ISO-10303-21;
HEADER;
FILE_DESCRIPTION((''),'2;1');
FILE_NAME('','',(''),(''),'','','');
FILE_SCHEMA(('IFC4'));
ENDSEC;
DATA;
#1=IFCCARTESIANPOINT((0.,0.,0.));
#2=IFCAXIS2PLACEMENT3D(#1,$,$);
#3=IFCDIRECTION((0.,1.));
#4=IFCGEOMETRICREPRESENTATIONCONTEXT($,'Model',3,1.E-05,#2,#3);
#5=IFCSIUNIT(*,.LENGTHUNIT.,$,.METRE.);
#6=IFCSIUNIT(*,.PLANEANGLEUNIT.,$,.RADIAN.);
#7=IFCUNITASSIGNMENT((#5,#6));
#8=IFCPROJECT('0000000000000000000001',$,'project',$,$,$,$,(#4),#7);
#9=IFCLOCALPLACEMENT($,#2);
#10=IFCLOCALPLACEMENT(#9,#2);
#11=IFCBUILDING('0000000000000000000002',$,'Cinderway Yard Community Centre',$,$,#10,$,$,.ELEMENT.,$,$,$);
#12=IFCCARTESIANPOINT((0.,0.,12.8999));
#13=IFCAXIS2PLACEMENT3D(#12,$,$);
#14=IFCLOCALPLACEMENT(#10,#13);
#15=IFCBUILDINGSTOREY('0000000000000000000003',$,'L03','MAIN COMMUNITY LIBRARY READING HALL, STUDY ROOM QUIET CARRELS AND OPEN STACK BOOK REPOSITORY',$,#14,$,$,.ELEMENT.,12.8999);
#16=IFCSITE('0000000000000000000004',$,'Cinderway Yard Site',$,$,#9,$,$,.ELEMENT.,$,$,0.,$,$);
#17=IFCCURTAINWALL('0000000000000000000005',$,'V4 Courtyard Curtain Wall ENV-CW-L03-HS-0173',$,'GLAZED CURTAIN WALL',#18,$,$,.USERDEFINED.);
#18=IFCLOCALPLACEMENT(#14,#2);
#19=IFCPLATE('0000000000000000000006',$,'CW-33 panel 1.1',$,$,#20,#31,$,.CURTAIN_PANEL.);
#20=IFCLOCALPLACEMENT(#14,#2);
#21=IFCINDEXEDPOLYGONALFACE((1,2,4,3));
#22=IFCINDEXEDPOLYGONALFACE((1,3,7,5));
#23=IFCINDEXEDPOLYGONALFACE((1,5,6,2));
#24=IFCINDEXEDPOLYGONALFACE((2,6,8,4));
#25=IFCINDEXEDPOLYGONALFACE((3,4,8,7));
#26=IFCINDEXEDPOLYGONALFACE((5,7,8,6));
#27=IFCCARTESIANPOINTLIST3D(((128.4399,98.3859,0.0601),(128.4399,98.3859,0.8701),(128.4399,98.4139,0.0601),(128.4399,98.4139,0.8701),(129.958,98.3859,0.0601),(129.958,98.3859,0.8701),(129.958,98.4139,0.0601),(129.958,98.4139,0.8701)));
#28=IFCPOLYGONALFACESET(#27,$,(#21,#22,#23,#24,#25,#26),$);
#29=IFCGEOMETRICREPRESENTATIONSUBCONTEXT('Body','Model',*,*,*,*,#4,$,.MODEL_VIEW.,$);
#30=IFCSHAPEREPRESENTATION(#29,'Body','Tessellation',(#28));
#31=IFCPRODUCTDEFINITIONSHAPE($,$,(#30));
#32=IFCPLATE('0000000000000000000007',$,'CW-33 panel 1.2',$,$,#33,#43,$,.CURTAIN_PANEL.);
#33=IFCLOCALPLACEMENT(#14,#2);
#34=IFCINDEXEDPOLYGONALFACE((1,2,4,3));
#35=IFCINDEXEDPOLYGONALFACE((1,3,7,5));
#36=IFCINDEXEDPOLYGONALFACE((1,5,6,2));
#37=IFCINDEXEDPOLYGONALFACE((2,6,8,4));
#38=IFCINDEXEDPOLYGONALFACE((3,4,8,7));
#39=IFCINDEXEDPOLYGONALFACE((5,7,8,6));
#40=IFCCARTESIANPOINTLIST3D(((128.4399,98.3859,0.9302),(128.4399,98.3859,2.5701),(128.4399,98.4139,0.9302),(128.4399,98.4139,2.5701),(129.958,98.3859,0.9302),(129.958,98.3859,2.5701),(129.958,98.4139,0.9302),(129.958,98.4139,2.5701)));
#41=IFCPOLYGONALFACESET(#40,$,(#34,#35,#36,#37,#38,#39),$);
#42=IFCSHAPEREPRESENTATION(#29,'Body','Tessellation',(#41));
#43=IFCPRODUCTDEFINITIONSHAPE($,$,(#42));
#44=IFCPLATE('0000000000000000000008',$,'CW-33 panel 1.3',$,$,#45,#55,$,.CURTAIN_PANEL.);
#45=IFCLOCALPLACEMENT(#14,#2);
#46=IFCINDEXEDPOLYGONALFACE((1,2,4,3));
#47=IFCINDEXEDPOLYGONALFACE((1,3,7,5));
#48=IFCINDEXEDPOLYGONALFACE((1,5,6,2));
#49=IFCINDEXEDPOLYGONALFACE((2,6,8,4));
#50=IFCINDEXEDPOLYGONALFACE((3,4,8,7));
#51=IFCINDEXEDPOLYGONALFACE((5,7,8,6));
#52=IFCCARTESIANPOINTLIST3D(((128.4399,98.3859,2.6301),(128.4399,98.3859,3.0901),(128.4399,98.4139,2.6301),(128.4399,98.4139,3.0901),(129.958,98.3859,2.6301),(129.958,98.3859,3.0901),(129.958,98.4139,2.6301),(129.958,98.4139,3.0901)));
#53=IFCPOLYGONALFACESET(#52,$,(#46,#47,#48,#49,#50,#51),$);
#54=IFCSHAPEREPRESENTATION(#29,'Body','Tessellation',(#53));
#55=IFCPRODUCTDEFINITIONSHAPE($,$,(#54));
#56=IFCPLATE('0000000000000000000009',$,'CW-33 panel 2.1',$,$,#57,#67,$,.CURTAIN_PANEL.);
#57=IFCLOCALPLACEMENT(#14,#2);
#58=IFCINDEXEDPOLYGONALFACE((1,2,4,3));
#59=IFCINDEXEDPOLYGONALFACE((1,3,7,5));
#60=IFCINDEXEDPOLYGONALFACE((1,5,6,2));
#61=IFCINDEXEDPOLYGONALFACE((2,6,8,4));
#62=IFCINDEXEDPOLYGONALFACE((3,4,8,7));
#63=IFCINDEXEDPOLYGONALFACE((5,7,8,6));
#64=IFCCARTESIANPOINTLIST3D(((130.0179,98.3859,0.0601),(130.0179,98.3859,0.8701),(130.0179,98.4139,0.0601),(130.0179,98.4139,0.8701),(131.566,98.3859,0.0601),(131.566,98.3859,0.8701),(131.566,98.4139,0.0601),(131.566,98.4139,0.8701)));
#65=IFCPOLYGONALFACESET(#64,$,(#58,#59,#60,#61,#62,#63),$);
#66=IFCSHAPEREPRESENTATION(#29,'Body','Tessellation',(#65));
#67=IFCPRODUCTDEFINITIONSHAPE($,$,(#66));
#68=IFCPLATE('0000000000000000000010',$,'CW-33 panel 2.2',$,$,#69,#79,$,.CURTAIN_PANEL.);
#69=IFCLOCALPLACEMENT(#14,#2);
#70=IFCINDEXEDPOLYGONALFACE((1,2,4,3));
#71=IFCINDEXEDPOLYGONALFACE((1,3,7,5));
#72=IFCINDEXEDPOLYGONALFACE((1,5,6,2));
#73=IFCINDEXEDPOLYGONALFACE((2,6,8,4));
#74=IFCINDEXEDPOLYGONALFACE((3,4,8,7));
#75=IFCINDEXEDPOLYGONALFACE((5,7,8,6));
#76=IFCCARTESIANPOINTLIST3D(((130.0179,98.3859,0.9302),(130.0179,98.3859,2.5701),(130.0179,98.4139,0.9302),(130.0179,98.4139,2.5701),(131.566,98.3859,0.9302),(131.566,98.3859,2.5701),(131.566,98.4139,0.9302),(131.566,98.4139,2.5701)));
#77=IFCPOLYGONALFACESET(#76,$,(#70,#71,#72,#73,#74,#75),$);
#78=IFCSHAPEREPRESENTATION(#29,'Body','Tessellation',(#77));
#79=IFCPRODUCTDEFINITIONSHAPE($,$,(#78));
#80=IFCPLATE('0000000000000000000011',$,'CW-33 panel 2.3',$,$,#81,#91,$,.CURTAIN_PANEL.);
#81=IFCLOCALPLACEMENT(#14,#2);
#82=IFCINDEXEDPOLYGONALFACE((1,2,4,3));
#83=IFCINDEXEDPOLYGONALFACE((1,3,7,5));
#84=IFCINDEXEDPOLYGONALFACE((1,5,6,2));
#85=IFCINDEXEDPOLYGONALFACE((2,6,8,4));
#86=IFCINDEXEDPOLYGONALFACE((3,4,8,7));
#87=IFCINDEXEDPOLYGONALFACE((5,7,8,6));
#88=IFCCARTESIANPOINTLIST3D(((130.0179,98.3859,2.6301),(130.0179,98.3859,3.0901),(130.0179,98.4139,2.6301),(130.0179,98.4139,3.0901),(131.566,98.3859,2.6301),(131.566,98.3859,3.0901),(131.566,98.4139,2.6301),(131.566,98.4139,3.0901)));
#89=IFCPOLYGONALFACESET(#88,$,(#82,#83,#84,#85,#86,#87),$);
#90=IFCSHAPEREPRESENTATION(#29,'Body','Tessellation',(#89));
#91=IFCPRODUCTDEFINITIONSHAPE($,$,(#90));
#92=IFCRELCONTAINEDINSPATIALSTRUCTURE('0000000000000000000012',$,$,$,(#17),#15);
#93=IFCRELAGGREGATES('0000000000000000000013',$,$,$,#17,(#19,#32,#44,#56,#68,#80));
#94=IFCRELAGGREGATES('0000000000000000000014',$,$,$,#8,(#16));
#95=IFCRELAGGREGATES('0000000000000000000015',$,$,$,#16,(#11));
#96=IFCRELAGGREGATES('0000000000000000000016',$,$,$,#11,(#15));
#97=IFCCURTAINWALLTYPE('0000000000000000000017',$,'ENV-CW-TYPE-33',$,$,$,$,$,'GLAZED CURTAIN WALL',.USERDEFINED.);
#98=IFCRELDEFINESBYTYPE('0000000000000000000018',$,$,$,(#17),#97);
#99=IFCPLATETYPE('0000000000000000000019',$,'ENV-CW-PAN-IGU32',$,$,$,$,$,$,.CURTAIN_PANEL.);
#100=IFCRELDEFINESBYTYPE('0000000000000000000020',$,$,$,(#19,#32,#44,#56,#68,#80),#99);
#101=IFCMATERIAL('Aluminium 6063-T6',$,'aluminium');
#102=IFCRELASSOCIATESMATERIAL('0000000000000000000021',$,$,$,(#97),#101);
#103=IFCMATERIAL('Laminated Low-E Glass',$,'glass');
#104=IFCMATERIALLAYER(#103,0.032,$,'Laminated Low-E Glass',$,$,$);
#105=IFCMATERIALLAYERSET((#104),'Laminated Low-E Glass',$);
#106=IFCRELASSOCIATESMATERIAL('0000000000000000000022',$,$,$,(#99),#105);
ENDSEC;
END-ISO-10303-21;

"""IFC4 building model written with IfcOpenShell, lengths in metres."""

from ifc_helpers import new_model, si_unit, direction, frame, origin, origin_2d, place, context, subcontext, project, spatial, rectangle, extrude, material, layer, layer_set, type_object, element, aggregate, save


model = new_model("IFC4")

# Units and contexts
model_context = context("Model", 3, precision=1e-05, world=origin(), true_north=direction((0.0, 1.0)))
body_context = subcontext(model_context, "Body", "Model", "MODEL_VIEW")
ifc_project = project(units=[si_unit("LENGTHUNIT", "METRE"), si_unit("PLANEANGLEUNIT", "RADIAN")], contexts=[model_context])

# Site, building, storey
site_placement = place(None, origin())
site = spatial("IfcSite", under=ifc_project, at=site_placement, Name="Cinderway Yard Site", CompositionType="ELEMENT", RefElevation=0.0)
building_placement = place(site_placement, origin())
building = spatial("IfcBuilding", under=site, at=building_placement, Name="Cinderway Yard Community Centre", CompositionType="ELEMENT")
storey_placement = place(building_placement, frame((0.0, 0.0, 12.8999)))
storey = spatial("IfcBuildingStorey", under=building, at=storey_placement, Name="L03", Description="MAIN COMMUNITY LIBRARY READING HALL, STUDY ROOM QUIET CARRELS AND OPEN STACK BOOK REPOSITORY", CompositionType="ELEMENT", Elevation=12.8999)

# Curtain wall
ifc_material_1 = material(Name="Aluminium 6063-T6", Category="aluminium")
curtain_wall_type = type_object("IfcCurtainWallType", Name="ENV-CW-TYPE-33", ElementType="GLAZED CURTAIN WALL", PredefinedType="USERDEFINED", material=ifc_material_1)
curtain_wall_placement = place(storey_placement, origin())
curtain_wall = element("IfcCurtainWall", 1, at=curtain_wall_placement, inside=storey, type_object=curtain_wall_type, Name="V4 Courtyard Curtain Wall ENV-CW-L03-HS-0173", ObjectType="GLAZED CURTAIN WALL", PredefinedType="USERDEFINED")

# Plates
ifc_material_2 = material(Name="Laminated Low-E Glass", Category="glass")
ifc_layer = layer(ifc_material_2, 0.032, Name="Laminated Low-E Glass")
ifc_layer_set = layer_set([ifc_layer], Name="Laminated Low-E Glass")
plate_type = type_object("IfcPlateType", Name="ENV-CW-PAN-IGU32", PredefinedType="CURTAIN_PANEL", material=ifc_layer_set)
plate_1_placement = place(storey_placement, frame((129.199, 98.3999, 0.0601), z_axis=(0.0, 0.0, 1.0), x_axis=(1.0, 0.0, 0.0)))
plate_1 = element("IfcPlate", 2, at=plate_1_placement, type_object=plate_type, Name="CW-33 panel 1.1", PredefinedType="CURTAIN_PANEL", context=body_context, shape_type="SweptSolid", body=[
    extrude(rectangle(XDim=1.5181, YDim=0.0281, at=origin_2d()), origin(), (0.0, 0.0, 1.0), 0.8101),
])
plate_2_placement = place(storey_placement, frame((129.199, 98.3999, 0.9302), z_axis=(0.0, 0.0, 1.0), x_axis=(1.0, 0.0, 0.0)))
plate_2 = element("IfcPlate", 3, at=plate_2_placement, type_object=plate_type, Name="CW-33 panel 1.2", PredefinedType="CURTAIN_PANEL", context=body_context, shape_type="SweptSolid", body=[
    extrude(rectangle(XDim=1.5181, YDim=0.0281, at=origin_2d()), origin(), (0.0, 0.0, 1.0), 1.6399),
])
plate_3_placement = place(storey_placement, frame((129.199, 98.3999, 2.6301), z_axis=(0.0, 0.0, 1.0), x_axis=(1.0, 0.0, 0.0)))
plate_3 = element("IfcPlate", 4, at=plate_3_placement, type_object=plate_type, Name="CW-33 panel 1.3", PredefinedType="CURTAIN_PANEL", context=body_context, shape_type="SweptSolid", body=[
    extrude(rectangle(XDim=1.5181, YDim=0.0281, at=origin_2d()), origin(), (0.0, 0.0, 1.0), 0.46),
])
plate_4_placement = place(storey_placement, frame((130.792, 98.3999, 0.0601), z_axis=(0.0, 0.0, 1.0), x_axis=(1.0, 0.0, 0.0)))
plate_4 = element("IfcPlate", 5, at=plate_4_placement, type_object=plate_type, Name="CW-33 panel 2.1", PredefinedType="CURTAIN_PANEL", context=body_context, shape_type="SweptSolid", body=[
    extrude(rectangle(XDim=1.5481, YDim=0.0281, at=origin_2d()), origin(), (0.0, 0.0, 1.0), 0.8101),
])
plate_5_placement = place(storey_placement, frame((130.792, 98.3999, 0.9302), z_axis=(0.0, 0.0, 1.0), x_axis=(1.0, 0.0, 0.0)))
plate_5 = element("IfcPlate", 6, at=plate_5_placement, type_object=plate_type, Name="CW-33 panel 2.2", PredefinedType="CURTAIN_PANEL", context=body_context, shape_type="SweptSolid", body=[
    extrude(rectangle(XDim=1.5481, YDim=0.0281, at=origin_2d()), origin(), (0.0, 0.0, 1.0), 1.6399),
])
plate_6_placement = place(storey_placement, frame((130.792, 98.3999, 2.6301), z_axis=(0.0, 0.0, 1.0), x_axis=(1.0, 0.0, 0.0)))
plate_6 = element("IfcPlate", 7, at=plate_6_placement, type_object=plate_type, Name="CW-33 panel 2.3", PredefinedType="CURTAIN_PANEL", context=body_context, shape_type="SweptSolid", body=[
    extrude(rectangle(XDim=1.5481, YDim=0.0281, at=origin_2d()), origin(), (0.0, 0.0, 1.0), 0.46),
])
aggregate(curtain_wall, [plate_1, plate_2, plate_3, plate_4, plate_5, plate_6])

save(model, "model.ifc")
